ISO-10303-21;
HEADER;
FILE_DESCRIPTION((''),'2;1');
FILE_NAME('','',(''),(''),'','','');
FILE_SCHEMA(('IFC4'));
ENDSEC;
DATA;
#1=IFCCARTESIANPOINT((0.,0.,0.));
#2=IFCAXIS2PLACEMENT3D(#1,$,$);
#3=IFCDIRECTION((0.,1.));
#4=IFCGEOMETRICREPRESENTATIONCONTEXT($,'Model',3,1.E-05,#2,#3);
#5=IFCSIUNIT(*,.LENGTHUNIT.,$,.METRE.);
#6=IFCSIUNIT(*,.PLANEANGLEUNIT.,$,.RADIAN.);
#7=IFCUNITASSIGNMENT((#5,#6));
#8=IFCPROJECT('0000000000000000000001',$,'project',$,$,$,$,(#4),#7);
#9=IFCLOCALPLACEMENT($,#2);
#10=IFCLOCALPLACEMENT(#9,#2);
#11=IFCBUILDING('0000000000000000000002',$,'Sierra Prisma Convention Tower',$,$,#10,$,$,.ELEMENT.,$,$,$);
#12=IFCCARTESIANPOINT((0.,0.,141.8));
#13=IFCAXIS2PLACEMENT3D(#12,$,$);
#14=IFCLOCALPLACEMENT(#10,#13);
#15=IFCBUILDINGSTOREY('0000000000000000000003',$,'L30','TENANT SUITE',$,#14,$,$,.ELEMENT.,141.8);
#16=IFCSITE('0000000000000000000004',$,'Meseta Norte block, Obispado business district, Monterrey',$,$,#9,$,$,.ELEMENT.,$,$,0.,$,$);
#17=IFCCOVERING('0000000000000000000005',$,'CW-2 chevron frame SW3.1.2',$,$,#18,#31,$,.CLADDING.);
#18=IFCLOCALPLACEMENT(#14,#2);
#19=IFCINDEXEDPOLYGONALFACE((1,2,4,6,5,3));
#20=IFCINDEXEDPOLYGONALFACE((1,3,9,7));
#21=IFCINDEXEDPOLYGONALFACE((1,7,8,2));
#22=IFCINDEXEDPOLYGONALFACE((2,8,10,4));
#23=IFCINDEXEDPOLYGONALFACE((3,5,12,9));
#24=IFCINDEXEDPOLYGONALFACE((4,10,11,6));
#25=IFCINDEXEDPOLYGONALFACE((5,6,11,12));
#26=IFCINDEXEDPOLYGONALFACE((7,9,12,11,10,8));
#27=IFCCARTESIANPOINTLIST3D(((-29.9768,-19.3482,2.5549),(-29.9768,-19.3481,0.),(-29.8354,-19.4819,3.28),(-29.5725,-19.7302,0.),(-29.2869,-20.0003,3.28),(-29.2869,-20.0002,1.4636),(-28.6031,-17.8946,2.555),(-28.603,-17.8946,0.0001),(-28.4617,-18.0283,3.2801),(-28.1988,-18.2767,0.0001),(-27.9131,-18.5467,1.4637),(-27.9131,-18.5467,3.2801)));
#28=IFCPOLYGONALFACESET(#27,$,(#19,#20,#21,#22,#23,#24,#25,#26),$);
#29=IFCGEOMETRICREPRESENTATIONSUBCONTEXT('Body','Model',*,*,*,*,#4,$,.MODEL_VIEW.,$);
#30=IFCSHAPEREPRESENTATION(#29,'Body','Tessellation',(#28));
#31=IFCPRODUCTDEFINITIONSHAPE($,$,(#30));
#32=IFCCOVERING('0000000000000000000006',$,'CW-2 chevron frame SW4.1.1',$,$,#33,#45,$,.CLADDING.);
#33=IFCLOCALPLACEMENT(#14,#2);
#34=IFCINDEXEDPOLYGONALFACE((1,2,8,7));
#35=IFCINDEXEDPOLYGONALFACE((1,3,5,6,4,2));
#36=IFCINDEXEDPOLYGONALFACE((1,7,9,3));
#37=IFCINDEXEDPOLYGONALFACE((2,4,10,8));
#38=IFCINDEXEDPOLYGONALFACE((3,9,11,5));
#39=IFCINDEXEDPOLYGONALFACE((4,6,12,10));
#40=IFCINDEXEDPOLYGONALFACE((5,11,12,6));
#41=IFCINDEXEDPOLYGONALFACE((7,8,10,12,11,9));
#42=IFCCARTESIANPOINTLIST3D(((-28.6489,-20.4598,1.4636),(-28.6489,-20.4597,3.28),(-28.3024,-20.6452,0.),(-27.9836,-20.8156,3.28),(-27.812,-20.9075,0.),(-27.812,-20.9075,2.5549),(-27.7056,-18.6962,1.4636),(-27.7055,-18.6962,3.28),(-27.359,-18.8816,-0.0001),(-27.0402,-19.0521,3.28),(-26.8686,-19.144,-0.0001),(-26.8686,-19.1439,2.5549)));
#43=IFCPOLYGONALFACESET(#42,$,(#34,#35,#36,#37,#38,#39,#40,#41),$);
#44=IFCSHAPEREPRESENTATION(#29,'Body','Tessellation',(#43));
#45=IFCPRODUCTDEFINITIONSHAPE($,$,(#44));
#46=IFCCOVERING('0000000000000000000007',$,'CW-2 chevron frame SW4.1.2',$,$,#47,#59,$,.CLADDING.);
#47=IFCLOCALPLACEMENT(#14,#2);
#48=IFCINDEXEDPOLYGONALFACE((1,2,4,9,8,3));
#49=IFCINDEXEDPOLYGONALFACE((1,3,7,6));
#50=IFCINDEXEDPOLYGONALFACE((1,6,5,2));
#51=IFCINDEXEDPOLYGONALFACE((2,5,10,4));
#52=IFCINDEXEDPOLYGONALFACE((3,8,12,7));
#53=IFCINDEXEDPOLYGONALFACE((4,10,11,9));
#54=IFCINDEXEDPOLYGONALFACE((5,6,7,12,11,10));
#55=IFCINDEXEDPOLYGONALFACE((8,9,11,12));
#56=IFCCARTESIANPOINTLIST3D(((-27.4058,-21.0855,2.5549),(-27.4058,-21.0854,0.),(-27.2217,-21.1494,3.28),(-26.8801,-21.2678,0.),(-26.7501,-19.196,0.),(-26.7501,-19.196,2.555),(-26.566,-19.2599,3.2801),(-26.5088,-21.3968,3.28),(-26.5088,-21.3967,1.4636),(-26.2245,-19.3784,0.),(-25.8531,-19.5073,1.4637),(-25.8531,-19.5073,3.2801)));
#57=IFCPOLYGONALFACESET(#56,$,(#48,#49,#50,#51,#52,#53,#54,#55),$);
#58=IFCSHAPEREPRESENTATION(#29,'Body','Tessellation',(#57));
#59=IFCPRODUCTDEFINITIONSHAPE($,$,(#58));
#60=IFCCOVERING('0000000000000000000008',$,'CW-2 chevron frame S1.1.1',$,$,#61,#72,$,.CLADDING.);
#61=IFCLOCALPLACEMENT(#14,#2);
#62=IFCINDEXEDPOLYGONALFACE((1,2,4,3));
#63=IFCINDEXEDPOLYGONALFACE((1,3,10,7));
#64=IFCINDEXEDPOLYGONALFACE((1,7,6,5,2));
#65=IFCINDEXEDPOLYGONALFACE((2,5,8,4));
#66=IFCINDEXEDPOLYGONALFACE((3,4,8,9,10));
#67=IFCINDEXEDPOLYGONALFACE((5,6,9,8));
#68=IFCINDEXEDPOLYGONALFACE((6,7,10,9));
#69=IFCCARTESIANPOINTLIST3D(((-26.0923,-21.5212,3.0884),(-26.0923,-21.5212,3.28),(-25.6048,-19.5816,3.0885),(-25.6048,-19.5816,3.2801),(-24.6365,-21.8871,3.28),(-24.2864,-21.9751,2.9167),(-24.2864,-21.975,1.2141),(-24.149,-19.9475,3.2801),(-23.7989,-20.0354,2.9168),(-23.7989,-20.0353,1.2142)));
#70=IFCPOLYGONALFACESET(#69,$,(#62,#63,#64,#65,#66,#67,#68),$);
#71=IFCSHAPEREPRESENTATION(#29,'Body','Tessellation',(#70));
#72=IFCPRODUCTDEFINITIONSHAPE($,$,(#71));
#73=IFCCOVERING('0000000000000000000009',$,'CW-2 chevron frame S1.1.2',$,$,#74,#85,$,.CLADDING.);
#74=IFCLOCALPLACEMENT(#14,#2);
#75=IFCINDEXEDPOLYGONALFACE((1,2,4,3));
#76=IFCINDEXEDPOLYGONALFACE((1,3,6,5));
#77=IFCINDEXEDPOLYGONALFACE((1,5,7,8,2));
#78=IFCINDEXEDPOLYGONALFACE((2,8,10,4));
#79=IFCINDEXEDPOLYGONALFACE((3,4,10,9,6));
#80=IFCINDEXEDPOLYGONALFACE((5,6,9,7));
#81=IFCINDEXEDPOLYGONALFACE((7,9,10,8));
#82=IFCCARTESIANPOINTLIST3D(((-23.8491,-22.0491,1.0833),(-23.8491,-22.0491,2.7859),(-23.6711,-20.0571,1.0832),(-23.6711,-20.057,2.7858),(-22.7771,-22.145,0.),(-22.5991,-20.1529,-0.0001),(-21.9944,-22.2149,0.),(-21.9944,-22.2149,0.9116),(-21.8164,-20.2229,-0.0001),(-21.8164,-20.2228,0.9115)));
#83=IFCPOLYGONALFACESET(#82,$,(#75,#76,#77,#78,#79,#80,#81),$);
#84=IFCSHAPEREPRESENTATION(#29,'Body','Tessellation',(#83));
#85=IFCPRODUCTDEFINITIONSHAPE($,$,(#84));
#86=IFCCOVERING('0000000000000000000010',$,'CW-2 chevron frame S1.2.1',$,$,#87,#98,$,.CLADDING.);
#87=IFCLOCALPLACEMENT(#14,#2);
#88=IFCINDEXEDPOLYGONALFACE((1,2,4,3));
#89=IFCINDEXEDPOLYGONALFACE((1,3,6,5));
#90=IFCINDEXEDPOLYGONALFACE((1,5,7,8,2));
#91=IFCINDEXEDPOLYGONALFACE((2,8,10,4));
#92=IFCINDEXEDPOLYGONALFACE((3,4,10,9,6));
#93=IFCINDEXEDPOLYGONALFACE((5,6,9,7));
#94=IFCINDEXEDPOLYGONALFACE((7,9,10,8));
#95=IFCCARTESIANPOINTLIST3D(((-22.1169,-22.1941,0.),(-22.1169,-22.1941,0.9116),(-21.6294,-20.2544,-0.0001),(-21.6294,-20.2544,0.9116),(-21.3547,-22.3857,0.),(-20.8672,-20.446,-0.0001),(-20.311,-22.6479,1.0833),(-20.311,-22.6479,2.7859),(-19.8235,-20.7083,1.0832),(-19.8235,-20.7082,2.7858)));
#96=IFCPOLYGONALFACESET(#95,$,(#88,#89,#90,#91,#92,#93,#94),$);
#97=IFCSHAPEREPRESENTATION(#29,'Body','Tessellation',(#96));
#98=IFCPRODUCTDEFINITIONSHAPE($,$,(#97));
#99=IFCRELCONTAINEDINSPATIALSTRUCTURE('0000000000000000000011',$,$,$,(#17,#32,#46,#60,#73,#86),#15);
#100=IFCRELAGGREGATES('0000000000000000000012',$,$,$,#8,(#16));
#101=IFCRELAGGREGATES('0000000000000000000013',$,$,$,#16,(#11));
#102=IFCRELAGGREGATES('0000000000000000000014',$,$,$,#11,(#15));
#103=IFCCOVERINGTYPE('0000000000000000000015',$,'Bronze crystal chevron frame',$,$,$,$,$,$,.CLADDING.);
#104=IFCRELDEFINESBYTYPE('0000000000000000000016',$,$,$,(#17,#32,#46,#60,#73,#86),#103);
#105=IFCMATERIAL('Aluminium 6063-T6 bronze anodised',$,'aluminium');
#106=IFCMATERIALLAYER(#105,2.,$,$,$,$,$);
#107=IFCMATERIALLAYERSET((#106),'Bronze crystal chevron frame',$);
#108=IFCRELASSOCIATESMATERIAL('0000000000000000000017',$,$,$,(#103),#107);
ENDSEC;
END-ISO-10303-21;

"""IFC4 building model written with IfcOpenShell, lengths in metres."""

from ifc_helpers import new_model, si_unit, direction, frame, origin, place, context, subcontext, project, spatial, polyline, outline, extrude, material, layer, layer_set, type_object, element, save


model = new_model("IFC4")

# Units and contexts
model_context = context("Model", 3, precision=1e-05, world=origin(), true_north=direction((0.0, 1.0)))
body_context = subcontext(model_context, "Body", "Model", "MODEL_VIEW")
ifc_project = project(units=[si_unit("LENGTHUNIT", "METRE"), si_unit("PLANEANGLEUNIT", "RADIAN")], contexts=[model_context])

# Site, building, storey
site_placement = place(None, origin())
site = spatial("IfcSite", under=ifc_project, at=site_placement, Name="Meseta Norte block, Obispado business district, Monterrey", CompositionType="ELEMENT", RefElevation=0.0)
building_placement = place(site_placement, origin())
building = spatial("IfcBuilding", under=site, at=building_placement, Name="Sierra Prisma Convention Tower", CompositionType="ELEMENT")
storey_placement = place(building_placement, frame((0.0, 0.0, 141.8)))
storey = spatial("IfcBuildingStorey", under=building, at=storey_placement, Name="L30", Description="TENANT SUITE", CompositionType="ELEMENT", Elevation=141.8)

# Coverings
ifc_material_1 = material(Name="Aluminium 6063-T6 bronze anodised", Category="aluminium")
ifc_layer_1 = layer(ifc_material_1, 2.0)
ifc_layer_set_1 = layer_set([ifc_layer_1], Name="Bronze crystal chevron frame")
covering_type = type_object("IfcCoveringType", Name="Bronze crystal chevron frame", PredefinedType="CLADDING", material=ifc_layer_set_1)
covering_1_placement = place(storey_placement, frame((-29.5725, -19.7302, 0.0), z_axis=(-0.686877, -0.726774, -0.000028), x_axis=(0.188483, -0.178174, 0.965778)))
element("IfcCovering", 1, at=covering_1_placement, inside=storey, type_object=covering_type, Name="CW-2 chevron frame SW3.1.2", PredefinedType="CLADDING", context=body_context, shape_type="SweptSolid", body=[
    extrude(outline(polyline([(0.0, 0.0), (1.5155, 0.0), (3.2697, 0.4711), (3.074, 1.2), (2.3232, 1.1999), (-0.1443, 0.5372), (0.0, 0.0)])), origin(), (0.0, 0.0, -1.0), 2.0),
])
covering_2_placement = place(storey_placement, frame((-28.6489, -20.4597, 3.28), z_axis=(-0.471697, -0.881761, 0.000027), x_axis=(-0.000013, -0.000023, -1.0)))
element("IfcCovering", 2, at=covering_2_placement, inside=storey, type_object=covering_type, Name="CW-2 chevron frame SW4.1.1", PredefinedType="CLADDING", context=body_context, shape_type="SweptSolid", body=[
    extrude(outline(polyline([(0.0, 0.0), (1.8164, 0.0), (3.28, 0.393), (3.28, 0.9492), (0.7251, 0.9492), (0.0, 0.7545), (0.0, 0.0)])), origin(), (0.0, 0.0, -1.0), 2.0),
])
covering_3_placement = place(storey_placement, frame((-27.4058, -21.0854, 0.0), z_axis=(-0.327833, -0.944736, -0.00002), x_axis=(0.944736, -0.327833, 0.0)))
element("IfcCovering", 3, at=covering_3_placement, inside=storey, type_object=covering_type, Name="CW-2 chevron frame SW4.1.2", PredefinedType="CLADDING", context=body_context, shape_type="SweptSolid", body=[
    extrude(outline(polyline([(0.0, 0.0), (0.5564, 0.0), (0.9494, 1.4636), (0.9494, 3.28), (0.1949, 3.28), (0.0, 2.5549), (0.0, 0.0)])), origin(), (0.0, 0.0, -1.0), 2.0),
])
covering_4_placement = place(storey_placement, frame((-26.0923, -21.5212, 3.28), z_axis=(-0.243747, -0.969839, -0.000042), x_axis=(0.00001, 0.000041, -1.0)))
element("IfcCovering", 4, at=covering_4_placement, inside=storey, type_object=covering_type, Name="CW-2 chevron frame S1.1.1", PredefinedType="CLADDING", context=body_context, shape_type="SweptSolid", body=[
    extrude(outline(polyline([(0.0, 0.0), (0.1917, 0.0), (2.0659, 1.8621), (0.3633, 1.8621), (0.0, 1.5011), (0.0, 0.0)])), origin(), (0.0, 0.0, -1.0), 2.0),
])
covering_5_placement = place(storey_placement, frame((-23.8491, -22.0491, 2.7859), z_axis=(-0.088998, -0.996032, 0.000043), x_axis=(-0.000004, -0.000043, -1.0)))
element("IfcCovering", 5, at=covering_5_placement, inside=storey, type_object=covering_type, Name="CW-2 chevron frame S1.1.2", PredefinedType="CLADDING", context=body_context, shape_type="SweptSolid", body=[
    extrude(outline(polyline([(0.0, 0.0), (1.7026, 0.0), (2.7859, 1.0763), (2.7859, 1.8621), (1.8743, 1.8621), (0.0, 0.0)])), origin(), (0.0, 0.0, -1.0), 2.0),
])
covering_6_placement = place(storey_placement, frame((-22.1169, -22.1941, 0.0), z_axis=(-0.243755, -0.969837, 0.00003), x_axis=(0.969837, -0.243755, 0.0)))
element("IfcCovering", 6, at=covering_6_placement, inside=storey, type_object=covering_type, Name="CW-2 chevron frame S1.2.1", PredefinedType="CLADDING", context=body_context, shape_type="SweptSolid", body=[
    extrude(outline(polyline([(0.0, 0.0), (0.7859, 0.0), (1.8621, 1.0833), (1.8621, 2.7859), (0.0, 0.9116), (0.0, 0.0)])), origin(), (0.0, 0.0, -1.0), 2.0),
])

save(model, "model.ifc")
